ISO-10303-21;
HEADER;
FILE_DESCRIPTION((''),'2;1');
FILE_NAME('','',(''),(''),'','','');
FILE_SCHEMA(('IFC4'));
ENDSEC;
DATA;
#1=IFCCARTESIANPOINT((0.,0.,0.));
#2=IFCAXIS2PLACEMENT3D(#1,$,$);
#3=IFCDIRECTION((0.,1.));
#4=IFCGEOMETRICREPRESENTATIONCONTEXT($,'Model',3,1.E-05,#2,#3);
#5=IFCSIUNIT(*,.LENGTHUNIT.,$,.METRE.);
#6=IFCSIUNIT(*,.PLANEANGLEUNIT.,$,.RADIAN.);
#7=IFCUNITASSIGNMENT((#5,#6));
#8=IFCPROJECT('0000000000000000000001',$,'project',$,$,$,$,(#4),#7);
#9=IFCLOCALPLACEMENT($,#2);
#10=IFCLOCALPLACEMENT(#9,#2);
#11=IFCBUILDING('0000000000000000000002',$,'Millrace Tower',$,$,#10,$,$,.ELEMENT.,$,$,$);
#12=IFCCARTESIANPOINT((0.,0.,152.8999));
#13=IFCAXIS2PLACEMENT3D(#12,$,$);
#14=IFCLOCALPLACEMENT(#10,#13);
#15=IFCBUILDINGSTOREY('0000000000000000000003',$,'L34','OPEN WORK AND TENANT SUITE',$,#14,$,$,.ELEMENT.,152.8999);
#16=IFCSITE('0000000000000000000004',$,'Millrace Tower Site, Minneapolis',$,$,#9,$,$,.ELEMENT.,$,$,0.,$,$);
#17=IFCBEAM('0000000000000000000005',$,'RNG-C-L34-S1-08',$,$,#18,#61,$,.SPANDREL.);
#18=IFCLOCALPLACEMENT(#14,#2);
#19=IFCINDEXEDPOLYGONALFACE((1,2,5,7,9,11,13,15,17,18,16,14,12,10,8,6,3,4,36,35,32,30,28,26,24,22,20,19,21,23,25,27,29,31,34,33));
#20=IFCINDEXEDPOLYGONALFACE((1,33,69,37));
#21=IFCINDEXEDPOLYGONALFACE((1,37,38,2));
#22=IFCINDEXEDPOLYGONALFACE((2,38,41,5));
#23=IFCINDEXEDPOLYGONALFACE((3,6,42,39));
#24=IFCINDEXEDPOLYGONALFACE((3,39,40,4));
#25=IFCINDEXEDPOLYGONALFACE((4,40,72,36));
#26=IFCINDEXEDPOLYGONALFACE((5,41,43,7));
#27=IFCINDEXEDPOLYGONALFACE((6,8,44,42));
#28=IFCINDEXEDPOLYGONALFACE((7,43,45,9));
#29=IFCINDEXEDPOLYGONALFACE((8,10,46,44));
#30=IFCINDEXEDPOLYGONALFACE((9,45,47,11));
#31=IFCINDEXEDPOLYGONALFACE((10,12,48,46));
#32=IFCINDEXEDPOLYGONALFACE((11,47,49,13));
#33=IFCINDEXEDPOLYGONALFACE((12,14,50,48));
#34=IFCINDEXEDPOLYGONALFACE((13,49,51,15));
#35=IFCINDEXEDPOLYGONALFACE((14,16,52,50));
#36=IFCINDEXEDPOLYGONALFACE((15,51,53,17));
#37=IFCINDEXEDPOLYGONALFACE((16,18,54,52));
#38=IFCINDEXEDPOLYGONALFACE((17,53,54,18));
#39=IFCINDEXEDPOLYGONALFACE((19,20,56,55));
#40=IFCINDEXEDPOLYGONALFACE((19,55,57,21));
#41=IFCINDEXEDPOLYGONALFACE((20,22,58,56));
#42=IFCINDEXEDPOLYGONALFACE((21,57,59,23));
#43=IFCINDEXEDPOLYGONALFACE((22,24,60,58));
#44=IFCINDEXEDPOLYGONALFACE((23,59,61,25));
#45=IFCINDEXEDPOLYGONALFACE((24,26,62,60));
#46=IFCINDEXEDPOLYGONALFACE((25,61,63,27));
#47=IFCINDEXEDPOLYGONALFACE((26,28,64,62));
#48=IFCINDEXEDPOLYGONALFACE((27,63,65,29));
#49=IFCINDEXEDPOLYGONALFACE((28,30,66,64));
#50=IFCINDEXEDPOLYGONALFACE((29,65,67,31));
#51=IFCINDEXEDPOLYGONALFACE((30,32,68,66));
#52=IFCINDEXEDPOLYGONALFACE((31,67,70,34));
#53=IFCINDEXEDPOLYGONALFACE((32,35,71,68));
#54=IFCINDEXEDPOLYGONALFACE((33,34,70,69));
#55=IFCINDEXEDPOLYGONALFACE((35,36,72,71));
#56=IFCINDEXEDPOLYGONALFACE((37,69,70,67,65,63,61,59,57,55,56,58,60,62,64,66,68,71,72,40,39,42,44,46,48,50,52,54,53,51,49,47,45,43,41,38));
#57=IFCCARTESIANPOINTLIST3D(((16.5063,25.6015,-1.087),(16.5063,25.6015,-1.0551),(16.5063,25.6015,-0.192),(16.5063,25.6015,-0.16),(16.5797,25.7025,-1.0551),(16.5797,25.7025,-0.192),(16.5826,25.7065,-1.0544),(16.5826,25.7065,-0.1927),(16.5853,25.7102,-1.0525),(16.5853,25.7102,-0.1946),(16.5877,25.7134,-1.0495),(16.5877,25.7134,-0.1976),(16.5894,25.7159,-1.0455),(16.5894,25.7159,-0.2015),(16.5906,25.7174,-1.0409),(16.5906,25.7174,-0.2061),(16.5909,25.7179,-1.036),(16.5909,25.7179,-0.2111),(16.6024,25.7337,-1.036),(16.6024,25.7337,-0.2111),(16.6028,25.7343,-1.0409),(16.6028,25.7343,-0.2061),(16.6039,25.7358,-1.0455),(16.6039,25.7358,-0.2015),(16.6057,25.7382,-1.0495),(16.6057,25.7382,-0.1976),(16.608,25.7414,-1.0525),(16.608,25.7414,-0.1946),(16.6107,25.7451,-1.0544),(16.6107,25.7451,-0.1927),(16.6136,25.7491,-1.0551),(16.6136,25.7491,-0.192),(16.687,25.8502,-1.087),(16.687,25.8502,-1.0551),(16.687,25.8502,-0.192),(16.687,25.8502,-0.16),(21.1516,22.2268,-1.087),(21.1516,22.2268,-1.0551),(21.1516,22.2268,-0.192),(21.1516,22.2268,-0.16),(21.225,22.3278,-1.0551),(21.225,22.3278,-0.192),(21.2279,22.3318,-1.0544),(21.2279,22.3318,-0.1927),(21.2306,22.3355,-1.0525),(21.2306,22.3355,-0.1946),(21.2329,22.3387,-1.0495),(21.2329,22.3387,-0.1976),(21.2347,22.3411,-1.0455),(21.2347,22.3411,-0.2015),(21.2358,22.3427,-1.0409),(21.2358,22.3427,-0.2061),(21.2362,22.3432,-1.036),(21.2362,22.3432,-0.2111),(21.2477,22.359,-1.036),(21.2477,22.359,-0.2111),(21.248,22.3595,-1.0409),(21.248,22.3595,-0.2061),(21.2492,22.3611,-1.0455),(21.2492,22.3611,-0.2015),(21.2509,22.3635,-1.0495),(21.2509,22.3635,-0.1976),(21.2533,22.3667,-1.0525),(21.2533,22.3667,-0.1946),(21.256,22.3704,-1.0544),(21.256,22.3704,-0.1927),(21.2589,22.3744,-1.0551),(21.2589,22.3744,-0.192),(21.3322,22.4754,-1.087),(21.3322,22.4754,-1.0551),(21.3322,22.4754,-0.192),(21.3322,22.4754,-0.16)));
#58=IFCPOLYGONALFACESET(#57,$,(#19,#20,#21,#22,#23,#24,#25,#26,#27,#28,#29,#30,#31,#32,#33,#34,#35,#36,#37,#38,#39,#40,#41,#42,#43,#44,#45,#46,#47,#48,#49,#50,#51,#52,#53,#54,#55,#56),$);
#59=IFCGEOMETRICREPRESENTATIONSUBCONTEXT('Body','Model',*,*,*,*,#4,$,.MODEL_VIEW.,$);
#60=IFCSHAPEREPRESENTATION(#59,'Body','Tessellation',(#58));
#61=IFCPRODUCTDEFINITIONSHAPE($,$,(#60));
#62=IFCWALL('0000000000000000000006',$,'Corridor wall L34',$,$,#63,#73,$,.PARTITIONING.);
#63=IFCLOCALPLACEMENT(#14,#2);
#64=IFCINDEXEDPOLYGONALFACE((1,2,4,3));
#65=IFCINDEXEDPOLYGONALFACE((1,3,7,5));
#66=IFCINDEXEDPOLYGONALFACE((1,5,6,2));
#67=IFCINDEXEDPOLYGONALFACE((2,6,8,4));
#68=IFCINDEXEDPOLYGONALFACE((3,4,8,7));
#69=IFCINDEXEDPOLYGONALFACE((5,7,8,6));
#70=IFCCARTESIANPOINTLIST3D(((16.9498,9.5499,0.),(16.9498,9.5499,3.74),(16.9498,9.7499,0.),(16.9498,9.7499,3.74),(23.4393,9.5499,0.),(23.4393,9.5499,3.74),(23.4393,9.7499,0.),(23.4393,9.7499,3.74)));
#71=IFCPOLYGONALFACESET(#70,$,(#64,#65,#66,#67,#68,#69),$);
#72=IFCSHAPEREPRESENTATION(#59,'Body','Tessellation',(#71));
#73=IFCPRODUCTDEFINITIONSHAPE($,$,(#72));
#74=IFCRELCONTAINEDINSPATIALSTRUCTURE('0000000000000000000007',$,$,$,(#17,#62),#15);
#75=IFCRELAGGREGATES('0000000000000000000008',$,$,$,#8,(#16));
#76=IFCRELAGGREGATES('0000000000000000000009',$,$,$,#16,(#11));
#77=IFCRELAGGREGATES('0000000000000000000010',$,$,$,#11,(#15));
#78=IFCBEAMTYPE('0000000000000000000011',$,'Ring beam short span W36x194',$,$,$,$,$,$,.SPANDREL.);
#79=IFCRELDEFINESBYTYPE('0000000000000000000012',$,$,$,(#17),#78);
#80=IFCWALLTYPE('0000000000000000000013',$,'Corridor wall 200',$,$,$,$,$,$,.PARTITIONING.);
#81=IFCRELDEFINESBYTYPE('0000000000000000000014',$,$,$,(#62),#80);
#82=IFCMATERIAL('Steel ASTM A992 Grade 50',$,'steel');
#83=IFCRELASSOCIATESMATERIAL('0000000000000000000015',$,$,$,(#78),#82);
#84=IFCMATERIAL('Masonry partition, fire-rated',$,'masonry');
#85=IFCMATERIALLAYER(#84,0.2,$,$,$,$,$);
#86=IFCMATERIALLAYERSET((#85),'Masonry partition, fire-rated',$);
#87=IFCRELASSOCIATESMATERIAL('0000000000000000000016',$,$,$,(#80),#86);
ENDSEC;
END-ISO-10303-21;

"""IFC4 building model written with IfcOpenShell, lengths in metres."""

from ifc_helpers import new_model, si_unit, direction, frame, frame_2d, origin, origin_2d, place, context, subcontext, project, spatial, rectangle, i_section, extrude, material, layer, layer_set, material_profile, profile_set, type_object, element, save


model = new_model("IFC4")

# Units and contexts
model_context = context("Model", 3, precision=1e-05, world=origin(), true_north=direction((0.0, 1.0)))
body_context = subcontext(model_context, "Body", "Model", "MODEL_VIEW")
ifc_project = project(units=[si_unit("LENGTHUNIT", "METRE"), si_unit("PLANEANGLEUNIT", "RADIAN")], contexts=[model_context])

# Site, building, storey
site_placement = place(None, origin())
site = spatial("IfcSite", under=ifc_project, at=site_placement, Name="Millrace Tower Site, Minneapolis", CompositionType="ELEMENT", RefElevation=0.0)
building_placement = place(site_placement, origin())
building = spatial("IfcBuilding", under=site, at=building_placement, Name="Millrace Tower", CompositionType="ELEMENT")
storey_placement = place(building_placement, frame((0.0, 0.0, 152.8999)))
storey = spatial("IfcBuildingStorey", under=building, at=storey_placement, Name="L34", Description="OPEN WORK AND TENANT SUITE", CompositionType="ELEMENT", Elevation=152.8999)

# Beam
ifc_material_1 = material(Name="Steel ASTM A992 Grade 50", Category="steel")
ifc_material_profile_1 = material_profile(ifc_material_1, i_section(OverallWidth=0.3074, OverallDepth=0.927, WebThickness=0.0195, FlangeThickness=0.032, FilletRadius=0.019, at=origin_2d()))
ifc_profile_set_1 = profile_set([ifc_material_profile_1], Name="Steel ASTM A992 Grade 50")
beam_type_1 = type_object("IfcBeamType", Name="Ring beam short span W36x194", PredefinedType="SPANDREL", material=ifc_profile_set_1)
beam_1_placement = place(storey_placement, frame((16.5967, 25.7258, -0.6235), z_axis=(0.809036, -0.58776, 0.0), x_axis=(0.58776, 0.809036, 0.0)))
element("IfcBeam", 1, at=beam_1_placement, inside=storey, type_object=beam_type_1, Name="RNG-C-L34-S1-08", PredefinedType="SPANDREL", context=body_context, shape_type="SweptSolid", body=[
    extrude(i_section(OverallWidth=0.3074, OverallDepth=0.927, WebThickness=0.0195, FlangeThickness=0.032, FilletRadius=0.019, at=origin_2d()), origin(), (0.0, 0.0, 1.0), 5.7417),
])

# Wall
ifc_material_2 = material(Name="Masonry partition, fire-rated", Category="masonry")
ifc_layer_1 = layer(ifc_material_2, 0.2)
ifc_layer_set_1 = layer_set([ifc_layer_1], Name="Masonry partition, fire-rated")
wall_type = type_object("IfcWallType", Name="Corridor wall 200", PredefinedType="PARTITIONING", material=ifc_layer_set_1)
wall_placement = place(storey_placement, frame((16.95, 9.6499, 0.0), z_axis=(0.0, 0.0, 1.0), x_axis=(1.0, 0.0, 0.0)))
element("IfcWall", 2, at=wall_placement, inside=storey, type_object=wall_type, Name="Corridor wall L34", PredefinedType="PARTITIONING", context=body_context, shape_type="SweptSolid", body=[
    extrude(rectangle(XDim=6.4895, YDim=0.2, at=frame_2d((3.2446, 0.0))), origin(), (0.0, 0.0, 1.0), 3.74),
])

save(model, "model.ifc")
